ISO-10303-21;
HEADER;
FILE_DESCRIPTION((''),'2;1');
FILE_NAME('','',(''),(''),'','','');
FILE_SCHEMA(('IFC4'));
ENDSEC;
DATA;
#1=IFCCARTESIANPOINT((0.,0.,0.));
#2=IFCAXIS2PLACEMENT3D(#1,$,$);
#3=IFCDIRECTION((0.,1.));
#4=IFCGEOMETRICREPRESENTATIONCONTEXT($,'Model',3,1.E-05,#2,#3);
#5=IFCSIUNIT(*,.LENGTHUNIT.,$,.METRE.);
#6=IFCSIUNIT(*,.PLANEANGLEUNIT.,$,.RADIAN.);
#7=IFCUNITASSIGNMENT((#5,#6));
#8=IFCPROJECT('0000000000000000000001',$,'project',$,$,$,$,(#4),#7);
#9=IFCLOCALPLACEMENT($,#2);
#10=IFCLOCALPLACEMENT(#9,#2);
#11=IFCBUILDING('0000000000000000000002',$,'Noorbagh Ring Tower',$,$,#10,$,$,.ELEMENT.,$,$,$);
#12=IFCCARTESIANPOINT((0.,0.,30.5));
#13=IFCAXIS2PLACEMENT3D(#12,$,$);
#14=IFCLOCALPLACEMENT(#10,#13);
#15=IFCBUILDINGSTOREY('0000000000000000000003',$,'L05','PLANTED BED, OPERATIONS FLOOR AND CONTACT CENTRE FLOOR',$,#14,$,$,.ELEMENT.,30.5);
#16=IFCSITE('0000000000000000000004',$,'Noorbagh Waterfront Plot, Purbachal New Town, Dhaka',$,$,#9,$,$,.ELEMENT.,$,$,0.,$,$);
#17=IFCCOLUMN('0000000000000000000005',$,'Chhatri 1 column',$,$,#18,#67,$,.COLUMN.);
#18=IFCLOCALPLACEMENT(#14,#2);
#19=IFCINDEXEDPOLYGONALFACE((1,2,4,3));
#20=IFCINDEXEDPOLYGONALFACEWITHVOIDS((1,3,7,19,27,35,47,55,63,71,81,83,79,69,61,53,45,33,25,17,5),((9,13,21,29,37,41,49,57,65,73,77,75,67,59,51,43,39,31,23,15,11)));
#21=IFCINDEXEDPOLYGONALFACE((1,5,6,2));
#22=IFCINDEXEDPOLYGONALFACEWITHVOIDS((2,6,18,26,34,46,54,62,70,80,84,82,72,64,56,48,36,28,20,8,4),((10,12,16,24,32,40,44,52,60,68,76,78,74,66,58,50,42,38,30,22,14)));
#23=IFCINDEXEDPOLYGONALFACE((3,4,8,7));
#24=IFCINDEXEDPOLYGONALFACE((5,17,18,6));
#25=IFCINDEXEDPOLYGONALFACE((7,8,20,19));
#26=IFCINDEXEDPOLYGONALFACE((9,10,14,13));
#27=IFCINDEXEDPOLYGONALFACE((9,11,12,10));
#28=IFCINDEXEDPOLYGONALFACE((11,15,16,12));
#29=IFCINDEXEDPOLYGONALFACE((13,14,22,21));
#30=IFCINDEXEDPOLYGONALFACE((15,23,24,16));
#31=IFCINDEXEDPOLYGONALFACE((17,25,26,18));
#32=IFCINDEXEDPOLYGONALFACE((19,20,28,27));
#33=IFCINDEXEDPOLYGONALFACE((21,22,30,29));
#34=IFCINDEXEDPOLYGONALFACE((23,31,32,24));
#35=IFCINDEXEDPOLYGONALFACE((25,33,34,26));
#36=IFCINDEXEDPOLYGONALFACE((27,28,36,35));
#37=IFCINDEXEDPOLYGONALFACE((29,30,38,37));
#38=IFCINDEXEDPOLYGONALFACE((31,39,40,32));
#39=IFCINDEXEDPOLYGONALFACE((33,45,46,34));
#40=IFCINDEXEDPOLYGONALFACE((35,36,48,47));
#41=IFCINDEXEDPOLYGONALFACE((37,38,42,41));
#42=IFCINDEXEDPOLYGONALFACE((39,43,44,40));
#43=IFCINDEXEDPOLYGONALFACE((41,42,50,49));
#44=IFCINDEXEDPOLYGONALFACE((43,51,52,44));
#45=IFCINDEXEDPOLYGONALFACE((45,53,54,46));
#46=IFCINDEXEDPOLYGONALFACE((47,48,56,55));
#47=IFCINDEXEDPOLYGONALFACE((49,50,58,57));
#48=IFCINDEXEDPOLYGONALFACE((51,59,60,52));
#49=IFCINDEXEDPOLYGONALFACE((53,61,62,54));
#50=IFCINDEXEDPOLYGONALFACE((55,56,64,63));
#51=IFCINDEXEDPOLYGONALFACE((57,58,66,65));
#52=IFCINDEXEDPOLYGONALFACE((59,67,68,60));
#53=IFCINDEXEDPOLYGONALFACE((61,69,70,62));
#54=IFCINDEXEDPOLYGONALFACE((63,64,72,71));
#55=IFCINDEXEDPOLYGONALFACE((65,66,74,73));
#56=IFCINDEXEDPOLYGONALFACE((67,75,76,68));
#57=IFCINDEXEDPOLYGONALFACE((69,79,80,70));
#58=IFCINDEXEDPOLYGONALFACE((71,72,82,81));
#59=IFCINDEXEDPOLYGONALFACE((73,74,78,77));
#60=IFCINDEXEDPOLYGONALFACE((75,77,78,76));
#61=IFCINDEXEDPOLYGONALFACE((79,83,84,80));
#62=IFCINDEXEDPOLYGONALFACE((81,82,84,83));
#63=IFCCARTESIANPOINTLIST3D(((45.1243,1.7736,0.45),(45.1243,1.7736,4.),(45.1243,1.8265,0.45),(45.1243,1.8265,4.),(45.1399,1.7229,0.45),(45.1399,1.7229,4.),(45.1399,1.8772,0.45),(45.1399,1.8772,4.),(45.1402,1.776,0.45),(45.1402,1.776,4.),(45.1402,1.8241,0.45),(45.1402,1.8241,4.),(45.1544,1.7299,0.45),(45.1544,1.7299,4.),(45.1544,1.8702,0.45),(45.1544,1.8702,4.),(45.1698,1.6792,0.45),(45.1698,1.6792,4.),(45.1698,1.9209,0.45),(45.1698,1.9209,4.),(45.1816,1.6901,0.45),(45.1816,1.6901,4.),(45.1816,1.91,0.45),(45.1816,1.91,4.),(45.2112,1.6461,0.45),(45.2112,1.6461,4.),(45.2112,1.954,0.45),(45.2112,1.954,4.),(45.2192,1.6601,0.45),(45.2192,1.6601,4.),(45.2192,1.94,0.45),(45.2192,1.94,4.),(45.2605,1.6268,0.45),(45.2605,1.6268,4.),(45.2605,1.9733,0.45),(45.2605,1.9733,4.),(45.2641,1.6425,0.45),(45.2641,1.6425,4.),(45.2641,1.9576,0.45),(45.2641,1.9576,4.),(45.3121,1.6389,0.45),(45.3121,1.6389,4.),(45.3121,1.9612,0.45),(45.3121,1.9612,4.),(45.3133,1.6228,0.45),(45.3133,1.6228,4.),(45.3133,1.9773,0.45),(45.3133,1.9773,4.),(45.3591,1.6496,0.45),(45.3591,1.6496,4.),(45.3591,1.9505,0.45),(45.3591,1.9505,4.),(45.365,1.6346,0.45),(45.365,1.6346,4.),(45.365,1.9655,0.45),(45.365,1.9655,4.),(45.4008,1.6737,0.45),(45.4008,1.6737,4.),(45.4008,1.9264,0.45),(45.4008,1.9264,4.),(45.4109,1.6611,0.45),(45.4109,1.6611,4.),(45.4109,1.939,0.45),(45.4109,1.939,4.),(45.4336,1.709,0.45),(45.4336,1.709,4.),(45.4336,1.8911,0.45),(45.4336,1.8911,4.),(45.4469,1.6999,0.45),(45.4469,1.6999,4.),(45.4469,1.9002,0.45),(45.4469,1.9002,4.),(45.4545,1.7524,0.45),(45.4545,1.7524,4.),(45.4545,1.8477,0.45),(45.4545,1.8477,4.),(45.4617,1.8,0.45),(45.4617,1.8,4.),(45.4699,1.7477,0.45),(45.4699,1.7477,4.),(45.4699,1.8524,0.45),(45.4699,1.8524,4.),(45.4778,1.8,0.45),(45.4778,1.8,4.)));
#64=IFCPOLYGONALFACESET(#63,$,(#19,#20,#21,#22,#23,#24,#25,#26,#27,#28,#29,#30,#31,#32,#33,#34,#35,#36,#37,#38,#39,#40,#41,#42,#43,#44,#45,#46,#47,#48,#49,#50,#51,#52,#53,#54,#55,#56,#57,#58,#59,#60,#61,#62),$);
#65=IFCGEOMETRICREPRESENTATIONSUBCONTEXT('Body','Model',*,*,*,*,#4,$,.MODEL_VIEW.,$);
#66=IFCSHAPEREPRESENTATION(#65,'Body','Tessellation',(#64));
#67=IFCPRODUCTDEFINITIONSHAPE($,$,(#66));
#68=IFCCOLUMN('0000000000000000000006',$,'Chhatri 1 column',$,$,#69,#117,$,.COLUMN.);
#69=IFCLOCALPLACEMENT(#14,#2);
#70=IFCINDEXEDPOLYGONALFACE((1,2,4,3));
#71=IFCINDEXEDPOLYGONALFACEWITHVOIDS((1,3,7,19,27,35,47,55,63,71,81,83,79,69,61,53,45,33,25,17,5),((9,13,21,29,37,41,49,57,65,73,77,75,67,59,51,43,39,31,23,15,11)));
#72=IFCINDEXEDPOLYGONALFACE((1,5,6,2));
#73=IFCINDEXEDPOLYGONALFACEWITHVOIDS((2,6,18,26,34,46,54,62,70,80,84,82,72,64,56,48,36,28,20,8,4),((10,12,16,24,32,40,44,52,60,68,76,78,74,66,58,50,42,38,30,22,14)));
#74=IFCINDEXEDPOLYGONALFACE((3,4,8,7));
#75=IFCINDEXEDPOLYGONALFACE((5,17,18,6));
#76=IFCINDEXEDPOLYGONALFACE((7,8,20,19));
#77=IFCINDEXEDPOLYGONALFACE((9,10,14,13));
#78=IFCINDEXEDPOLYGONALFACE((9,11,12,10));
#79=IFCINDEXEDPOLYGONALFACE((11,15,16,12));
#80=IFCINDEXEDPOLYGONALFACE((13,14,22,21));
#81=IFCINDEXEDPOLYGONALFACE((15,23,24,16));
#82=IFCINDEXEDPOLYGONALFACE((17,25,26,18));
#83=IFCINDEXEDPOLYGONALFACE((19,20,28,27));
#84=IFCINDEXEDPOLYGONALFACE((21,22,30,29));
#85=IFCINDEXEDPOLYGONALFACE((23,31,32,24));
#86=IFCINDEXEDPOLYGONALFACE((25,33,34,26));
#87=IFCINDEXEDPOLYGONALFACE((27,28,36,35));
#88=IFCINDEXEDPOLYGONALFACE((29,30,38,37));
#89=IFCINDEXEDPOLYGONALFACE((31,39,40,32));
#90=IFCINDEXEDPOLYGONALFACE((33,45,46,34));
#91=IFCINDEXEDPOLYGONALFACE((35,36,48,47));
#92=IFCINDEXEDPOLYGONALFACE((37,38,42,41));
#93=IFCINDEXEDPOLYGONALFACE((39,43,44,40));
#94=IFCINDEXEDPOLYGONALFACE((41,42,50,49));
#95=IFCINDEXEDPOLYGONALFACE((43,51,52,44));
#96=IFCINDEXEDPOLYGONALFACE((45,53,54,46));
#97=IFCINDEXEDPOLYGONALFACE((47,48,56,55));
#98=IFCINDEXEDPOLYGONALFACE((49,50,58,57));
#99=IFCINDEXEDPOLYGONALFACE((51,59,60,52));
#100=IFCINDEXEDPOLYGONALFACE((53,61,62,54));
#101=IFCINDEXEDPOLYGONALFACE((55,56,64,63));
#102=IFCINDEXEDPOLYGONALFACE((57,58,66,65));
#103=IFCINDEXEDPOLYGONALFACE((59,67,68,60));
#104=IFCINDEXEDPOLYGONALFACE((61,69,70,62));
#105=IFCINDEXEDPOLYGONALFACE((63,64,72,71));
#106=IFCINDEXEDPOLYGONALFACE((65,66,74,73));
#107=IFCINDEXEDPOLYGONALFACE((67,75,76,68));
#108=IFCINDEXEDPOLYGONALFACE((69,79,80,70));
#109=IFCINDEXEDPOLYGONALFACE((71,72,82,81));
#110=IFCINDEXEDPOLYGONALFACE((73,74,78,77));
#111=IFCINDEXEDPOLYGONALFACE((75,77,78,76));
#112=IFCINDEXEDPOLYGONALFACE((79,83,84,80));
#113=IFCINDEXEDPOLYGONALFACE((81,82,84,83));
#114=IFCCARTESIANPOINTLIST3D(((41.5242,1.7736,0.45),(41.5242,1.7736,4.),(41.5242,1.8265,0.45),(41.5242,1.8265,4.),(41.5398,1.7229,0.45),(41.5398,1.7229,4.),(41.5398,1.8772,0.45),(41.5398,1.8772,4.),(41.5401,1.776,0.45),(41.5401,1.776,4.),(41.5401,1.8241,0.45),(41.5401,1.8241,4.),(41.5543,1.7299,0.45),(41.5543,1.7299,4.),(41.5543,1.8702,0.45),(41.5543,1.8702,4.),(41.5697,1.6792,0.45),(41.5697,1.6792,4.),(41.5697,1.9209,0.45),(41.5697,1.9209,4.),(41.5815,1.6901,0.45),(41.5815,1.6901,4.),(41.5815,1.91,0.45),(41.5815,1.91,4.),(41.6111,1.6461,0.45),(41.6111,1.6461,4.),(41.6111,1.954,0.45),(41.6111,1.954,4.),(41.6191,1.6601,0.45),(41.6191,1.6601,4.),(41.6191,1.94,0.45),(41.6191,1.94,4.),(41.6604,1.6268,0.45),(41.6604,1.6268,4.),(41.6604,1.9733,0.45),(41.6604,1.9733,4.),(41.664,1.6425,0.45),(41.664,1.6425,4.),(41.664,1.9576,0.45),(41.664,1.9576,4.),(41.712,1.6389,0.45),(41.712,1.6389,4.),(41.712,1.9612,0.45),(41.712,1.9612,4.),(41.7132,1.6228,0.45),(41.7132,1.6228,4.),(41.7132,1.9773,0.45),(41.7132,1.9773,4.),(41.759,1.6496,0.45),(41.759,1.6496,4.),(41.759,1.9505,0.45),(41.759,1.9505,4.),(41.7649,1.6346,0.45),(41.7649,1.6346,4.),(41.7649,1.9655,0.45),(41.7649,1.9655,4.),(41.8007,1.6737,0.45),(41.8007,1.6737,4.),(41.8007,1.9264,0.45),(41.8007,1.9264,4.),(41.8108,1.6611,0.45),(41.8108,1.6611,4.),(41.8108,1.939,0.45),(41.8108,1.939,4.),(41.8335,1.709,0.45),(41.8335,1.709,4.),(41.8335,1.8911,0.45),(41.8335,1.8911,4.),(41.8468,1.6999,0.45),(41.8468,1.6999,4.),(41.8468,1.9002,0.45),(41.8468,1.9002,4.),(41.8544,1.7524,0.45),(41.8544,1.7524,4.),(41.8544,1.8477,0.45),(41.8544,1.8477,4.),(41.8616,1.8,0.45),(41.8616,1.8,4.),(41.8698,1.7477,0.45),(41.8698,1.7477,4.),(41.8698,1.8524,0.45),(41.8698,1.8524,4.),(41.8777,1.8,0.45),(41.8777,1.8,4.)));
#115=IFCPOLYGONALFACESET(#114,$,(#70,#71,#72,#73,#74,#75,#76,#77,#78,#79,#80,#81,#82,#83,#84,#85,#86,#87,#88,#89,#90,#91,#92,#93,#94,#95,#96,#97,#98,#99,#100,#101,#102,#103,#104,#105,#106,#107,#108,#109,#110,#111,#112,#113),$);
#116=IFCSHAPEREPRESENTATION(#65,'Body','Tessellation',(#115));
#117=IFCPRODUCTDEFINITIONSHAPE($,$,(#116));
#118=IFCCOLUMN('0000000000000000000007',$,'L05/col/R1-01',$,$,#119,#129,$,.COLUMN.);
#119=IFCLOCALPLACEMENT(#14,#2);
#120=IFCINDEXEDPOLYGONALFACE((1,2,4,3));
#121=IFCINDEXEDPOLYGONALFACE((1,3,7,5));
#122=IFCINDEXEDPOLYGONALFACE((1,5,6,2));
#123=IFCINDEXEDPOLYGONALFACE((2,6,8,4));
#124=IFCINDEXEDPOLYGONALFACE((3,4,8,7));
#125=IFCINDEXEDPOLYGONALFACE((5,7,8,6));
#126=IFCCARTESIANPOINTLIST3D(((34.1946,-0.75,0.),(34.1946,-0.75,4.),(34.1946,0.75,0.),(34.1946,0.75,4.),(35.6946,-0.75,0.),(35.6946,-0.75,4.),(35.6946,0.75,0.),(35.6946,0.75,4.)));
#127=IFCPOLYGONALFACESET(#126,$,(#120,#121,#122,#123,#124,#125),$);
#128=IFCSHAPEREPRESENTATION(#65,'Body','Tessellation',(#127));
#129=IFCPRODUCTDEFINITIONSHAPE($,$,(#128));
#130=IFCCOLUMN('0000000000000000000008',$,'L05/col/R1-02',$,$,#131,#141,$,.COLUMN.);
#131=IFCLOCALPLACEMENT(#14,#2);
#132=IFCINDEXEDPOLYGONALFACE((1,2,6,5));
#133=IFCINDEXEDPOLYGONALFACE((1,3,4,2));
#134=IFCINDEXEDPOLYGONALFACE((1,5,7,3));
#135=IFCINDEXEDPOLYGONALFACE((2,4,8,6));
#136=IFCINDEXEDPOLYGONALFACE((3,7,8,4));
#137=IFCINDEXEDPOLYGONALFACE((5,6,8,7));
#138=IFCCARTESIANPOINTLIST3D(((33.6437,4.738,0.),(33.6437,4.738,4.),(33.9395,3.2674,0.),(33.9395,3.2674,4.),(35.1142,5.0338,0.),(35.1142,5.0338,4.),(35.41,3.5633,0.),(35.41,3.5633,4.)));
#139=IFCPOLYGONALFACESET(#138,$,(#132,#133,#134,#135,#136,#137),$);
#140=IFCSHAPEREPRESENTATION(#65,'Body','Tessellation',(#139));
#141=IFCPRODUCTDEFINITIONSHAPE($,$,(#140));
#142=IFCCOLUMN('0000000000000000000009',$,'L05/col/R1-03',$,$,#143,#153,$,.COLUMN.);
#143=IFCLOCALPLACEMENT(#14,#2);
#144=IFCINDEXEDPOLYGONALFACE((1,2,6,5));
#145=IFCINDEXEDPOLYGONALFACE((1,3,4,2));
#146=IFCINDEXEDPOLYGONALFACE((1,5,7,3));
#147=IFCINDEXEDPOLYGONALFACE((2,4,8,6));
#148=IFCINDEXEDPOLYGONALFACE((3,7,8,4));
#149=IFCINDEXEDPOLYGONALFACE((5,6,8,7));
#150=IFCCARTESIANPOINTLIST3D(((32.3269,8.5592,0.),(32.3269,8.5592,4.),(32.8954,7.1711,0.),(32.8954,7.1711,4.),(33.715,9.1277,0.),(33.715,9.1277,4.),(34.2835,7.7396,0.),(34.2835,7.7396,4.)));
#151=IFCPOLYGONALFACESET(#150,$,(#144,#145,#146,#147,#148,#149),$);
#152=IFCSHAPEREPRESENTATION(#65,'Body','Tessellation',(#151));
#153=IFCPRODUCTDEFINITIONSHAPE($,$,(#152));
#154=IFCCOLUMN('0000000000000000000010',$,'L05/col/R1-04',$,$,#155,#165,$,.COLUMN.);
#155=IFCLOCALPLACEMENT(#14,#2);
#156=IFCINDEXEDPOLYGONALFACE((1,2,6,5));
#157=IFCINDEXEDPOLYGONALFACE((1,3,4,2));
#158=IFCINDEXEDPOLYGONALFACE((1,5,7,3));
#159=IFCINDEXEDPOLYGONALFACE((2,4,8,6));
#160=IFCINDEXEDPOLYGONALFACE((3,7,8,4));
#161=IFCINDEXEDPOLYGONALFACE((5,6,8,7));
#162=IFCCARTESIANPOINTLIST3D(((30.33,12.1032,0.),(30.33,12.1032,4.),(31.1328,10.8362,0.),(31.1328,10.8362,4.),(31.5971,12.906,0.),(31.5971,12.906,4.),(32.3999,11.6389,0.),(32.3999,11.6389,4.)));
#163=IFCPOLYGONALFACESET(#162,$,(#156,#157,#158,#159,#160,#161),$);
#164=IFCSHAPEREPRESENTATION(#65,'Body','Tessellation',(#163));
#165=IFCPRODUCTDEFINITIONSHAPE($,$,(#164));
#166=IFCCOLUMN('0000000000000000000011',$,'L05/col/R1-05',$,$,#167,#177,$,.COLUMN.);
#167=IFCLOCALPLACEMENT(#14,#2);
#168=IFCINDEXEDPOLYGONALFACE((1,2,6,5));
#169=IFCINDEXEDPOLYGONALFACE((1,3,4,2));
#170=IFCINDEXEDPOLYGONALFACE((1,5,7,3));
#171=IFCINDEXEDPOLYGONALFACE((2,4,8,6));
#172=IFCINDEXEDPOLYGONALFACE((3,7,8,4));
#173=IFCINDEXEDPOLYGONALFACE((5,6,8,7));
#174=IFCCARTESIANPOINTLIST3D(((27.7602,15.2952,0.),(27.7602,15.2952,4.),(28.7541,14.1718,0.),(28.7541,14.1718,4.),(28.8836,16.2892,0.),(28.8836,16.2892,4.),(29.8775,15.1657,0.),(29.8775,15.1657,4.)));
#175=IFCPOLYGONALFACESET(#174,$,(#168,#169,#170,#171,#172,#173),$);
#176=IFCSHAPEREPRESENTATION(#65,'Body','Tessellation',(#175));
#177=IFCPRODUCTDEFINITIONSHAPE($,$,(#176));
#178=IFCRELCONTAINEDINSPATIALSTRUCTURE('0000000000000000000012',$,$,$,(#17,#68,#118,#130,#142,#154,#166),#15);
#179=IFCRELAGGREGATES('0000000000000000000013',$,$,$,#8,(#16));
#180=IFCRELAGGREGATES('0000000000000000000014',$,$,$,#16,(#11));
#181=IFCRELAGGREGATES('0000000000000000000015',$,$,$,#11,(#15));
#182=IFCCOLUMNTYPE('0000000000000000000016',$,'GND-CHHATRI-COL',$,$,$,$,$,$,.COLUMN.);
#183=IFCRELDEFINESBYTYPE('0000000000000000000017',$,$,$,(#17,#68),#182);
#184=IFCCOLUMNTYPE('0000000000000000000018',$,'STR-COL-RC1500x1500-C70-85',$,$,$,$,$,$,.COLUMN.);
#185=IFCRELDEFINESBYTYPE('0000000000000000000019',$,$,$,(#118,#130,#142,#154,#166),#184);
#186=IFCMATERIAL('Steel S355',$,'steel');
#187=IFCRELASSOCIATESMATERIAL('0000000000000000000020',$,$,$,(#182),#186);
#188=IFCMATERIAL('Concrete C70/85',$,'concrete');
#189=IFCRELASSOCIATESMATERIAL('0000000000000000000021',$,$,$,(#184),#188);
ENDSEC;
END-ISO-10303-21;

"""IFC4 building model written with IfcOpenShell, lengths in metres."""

from ifc_helpers import new_model, si_unit, direction, frame, origin, origin_2d, place, context, subcontext, project, spatial, rectangle, hollow_circle, extrude, material, material_profile, profile_set, type_object, element, save


model = new_model("IFC4")

# Units and contexts
model_context = context("Model", 3, precision=1e-05, world=origin(), true_north=direction((0.0, 1.0)))
body_context = subcontext(model_context, "Body", "Model", "MODEL_VIEW")
ifc_project = project(units=[si_unit("LENGTHUNIT", "METRE"), si_unit("PLANEANGLEUNIT", "RADIAN")], contexts=[model_context])

# Site, building, storey
site_placement = place(None, origin())
site = spatial("IfcSite", under=ifc_project, at=site_placement, Name="Noorbagh Waterfront Plot, Purbachal New Town, Dhaka", CompositionType="ELEMENT", RefElevation=0.0)
building_placement = place(site_placement, origin())
building = spatial("IfcBuilding", under=site, at=building_placement, Name="Noorbagh Ring Tower", CompositionType="ELEMENT")
storey_placement = place(building_placement, frame((0.0, 0.0, 30.5)))
storey = spatial("IfcBuildingStorey", under=building, at=storey_placement, Name="L05", Description="PLANTED BED, OPERATIONS FLOOR AND CONTACT CENTRE FLOOR", CompositionType="ELEMENT", Elevation=30.5)

# Columns
ifc_material_1 = material(Name="Steel S355", Category="steel")
ifc_material_profile_1 = material_profile(ifc_material_1, hollow_circle(Radius=0.1777, WallThickness=0.0161, at=origin_2d()), Name="CHS355.6x16")
ifc_profile_set_1 = profile_set([ifc_material_profile_1], Name="Steel S355")
column_type_1 = type_object("IfcColumnType", Name="GND-CHHATRI-COL", PredefinedType="COLUMN", material=ifc_profile_set_1)
for number, where, z_axis, x_axis, name in (
    (1, (45.3, 1.8, 0.45), (0.0, 0.0, 1.0), (1.0, 0.0, 0.0), "Chhatri 1 column"),
    (2, (41.7, 1.8, 0.45), (0.0, 0.0, 1.0), (1.0, 0.0, 0.0), "Chhatri 1 column"),
):
    element("IfcColumn", number, at=place(storey_placement, frame(where, z_axis=z_axis, x_axis=x_axis)), inside=storey, type_object=column_type_1, Name=name, PredefinedType="COLUMN", context=body_context, shape_type="SweptSolid", body=[
        extrude(hollow_circle(Radius=0.1777, WallThickness=0.0161, at=origin_2d()), origin(), (0.0, 0.0, 1.0), 3.55),
    ])
ifc_material_2 = material(Name="Concrete C70/85", Category="concrete")
ifc_material_profile_2 = material_profile(ifc_material_2, rectangle(XDim=1.5, YDim=1.5, at=origin_2d()), Name="RC1500x1500")
ifc_profile_set_2 = profile_set([ifc_material_profile_2], Name="Concrete C70/85")
column_type_2 = type_object("IfcColumnType", Name="STR-COL-RC1500x1500-C70-85", PredefinedType="COLUMN", material=ifc_profile_set_2)
for number, where, z_axis, x_axis, name in (
    (3, (34.9446, 0.0, 0.0), (0.0, 0.0, 1.0), (0.0, 1.0, 0.0), "L05/col/R1-01"),
    (4, (34.5269, 4.1506, 0.0), (0.0, 0.0, 1.0), (-0.19723, 0.980357, 0.0), "L05/col/R1-02"),
    (5, (33.3052, 8.1494, 0.0), (0.0, 0.0, 1.0), (-0.378989, 0.925401, 0.0), "L05/col/R1-03"),
    (6, (31.365, 11.8711, 0.0), (0.0, 0.0, 1.0), (-0.53519, 0.844731, 0.0), "L05/col/R1-04"),
    (7, (28.8188, 15.2305, 0.0), (0.0, 0.0, 1.0), (-0.662636, 0.748942, 0.0), "L05/col/R1-05"),
):
    element("IfcColumn", number, at=place(storey_placement, frame(where, z_axis=z_axis, x_axis=x_axis)), inside=storey, type_object=column_type_2, Name=name, PredefinedType="COLUMN", context=body_context, shape_type="SweptSolid", body=[
        extrude(rectangle(XDim=1.5, YDim=1.5, at=origin_2d()), origin(), (0.0, 0.0, 1.0), 4.0),
    ])

save(model, "model.ifc")
